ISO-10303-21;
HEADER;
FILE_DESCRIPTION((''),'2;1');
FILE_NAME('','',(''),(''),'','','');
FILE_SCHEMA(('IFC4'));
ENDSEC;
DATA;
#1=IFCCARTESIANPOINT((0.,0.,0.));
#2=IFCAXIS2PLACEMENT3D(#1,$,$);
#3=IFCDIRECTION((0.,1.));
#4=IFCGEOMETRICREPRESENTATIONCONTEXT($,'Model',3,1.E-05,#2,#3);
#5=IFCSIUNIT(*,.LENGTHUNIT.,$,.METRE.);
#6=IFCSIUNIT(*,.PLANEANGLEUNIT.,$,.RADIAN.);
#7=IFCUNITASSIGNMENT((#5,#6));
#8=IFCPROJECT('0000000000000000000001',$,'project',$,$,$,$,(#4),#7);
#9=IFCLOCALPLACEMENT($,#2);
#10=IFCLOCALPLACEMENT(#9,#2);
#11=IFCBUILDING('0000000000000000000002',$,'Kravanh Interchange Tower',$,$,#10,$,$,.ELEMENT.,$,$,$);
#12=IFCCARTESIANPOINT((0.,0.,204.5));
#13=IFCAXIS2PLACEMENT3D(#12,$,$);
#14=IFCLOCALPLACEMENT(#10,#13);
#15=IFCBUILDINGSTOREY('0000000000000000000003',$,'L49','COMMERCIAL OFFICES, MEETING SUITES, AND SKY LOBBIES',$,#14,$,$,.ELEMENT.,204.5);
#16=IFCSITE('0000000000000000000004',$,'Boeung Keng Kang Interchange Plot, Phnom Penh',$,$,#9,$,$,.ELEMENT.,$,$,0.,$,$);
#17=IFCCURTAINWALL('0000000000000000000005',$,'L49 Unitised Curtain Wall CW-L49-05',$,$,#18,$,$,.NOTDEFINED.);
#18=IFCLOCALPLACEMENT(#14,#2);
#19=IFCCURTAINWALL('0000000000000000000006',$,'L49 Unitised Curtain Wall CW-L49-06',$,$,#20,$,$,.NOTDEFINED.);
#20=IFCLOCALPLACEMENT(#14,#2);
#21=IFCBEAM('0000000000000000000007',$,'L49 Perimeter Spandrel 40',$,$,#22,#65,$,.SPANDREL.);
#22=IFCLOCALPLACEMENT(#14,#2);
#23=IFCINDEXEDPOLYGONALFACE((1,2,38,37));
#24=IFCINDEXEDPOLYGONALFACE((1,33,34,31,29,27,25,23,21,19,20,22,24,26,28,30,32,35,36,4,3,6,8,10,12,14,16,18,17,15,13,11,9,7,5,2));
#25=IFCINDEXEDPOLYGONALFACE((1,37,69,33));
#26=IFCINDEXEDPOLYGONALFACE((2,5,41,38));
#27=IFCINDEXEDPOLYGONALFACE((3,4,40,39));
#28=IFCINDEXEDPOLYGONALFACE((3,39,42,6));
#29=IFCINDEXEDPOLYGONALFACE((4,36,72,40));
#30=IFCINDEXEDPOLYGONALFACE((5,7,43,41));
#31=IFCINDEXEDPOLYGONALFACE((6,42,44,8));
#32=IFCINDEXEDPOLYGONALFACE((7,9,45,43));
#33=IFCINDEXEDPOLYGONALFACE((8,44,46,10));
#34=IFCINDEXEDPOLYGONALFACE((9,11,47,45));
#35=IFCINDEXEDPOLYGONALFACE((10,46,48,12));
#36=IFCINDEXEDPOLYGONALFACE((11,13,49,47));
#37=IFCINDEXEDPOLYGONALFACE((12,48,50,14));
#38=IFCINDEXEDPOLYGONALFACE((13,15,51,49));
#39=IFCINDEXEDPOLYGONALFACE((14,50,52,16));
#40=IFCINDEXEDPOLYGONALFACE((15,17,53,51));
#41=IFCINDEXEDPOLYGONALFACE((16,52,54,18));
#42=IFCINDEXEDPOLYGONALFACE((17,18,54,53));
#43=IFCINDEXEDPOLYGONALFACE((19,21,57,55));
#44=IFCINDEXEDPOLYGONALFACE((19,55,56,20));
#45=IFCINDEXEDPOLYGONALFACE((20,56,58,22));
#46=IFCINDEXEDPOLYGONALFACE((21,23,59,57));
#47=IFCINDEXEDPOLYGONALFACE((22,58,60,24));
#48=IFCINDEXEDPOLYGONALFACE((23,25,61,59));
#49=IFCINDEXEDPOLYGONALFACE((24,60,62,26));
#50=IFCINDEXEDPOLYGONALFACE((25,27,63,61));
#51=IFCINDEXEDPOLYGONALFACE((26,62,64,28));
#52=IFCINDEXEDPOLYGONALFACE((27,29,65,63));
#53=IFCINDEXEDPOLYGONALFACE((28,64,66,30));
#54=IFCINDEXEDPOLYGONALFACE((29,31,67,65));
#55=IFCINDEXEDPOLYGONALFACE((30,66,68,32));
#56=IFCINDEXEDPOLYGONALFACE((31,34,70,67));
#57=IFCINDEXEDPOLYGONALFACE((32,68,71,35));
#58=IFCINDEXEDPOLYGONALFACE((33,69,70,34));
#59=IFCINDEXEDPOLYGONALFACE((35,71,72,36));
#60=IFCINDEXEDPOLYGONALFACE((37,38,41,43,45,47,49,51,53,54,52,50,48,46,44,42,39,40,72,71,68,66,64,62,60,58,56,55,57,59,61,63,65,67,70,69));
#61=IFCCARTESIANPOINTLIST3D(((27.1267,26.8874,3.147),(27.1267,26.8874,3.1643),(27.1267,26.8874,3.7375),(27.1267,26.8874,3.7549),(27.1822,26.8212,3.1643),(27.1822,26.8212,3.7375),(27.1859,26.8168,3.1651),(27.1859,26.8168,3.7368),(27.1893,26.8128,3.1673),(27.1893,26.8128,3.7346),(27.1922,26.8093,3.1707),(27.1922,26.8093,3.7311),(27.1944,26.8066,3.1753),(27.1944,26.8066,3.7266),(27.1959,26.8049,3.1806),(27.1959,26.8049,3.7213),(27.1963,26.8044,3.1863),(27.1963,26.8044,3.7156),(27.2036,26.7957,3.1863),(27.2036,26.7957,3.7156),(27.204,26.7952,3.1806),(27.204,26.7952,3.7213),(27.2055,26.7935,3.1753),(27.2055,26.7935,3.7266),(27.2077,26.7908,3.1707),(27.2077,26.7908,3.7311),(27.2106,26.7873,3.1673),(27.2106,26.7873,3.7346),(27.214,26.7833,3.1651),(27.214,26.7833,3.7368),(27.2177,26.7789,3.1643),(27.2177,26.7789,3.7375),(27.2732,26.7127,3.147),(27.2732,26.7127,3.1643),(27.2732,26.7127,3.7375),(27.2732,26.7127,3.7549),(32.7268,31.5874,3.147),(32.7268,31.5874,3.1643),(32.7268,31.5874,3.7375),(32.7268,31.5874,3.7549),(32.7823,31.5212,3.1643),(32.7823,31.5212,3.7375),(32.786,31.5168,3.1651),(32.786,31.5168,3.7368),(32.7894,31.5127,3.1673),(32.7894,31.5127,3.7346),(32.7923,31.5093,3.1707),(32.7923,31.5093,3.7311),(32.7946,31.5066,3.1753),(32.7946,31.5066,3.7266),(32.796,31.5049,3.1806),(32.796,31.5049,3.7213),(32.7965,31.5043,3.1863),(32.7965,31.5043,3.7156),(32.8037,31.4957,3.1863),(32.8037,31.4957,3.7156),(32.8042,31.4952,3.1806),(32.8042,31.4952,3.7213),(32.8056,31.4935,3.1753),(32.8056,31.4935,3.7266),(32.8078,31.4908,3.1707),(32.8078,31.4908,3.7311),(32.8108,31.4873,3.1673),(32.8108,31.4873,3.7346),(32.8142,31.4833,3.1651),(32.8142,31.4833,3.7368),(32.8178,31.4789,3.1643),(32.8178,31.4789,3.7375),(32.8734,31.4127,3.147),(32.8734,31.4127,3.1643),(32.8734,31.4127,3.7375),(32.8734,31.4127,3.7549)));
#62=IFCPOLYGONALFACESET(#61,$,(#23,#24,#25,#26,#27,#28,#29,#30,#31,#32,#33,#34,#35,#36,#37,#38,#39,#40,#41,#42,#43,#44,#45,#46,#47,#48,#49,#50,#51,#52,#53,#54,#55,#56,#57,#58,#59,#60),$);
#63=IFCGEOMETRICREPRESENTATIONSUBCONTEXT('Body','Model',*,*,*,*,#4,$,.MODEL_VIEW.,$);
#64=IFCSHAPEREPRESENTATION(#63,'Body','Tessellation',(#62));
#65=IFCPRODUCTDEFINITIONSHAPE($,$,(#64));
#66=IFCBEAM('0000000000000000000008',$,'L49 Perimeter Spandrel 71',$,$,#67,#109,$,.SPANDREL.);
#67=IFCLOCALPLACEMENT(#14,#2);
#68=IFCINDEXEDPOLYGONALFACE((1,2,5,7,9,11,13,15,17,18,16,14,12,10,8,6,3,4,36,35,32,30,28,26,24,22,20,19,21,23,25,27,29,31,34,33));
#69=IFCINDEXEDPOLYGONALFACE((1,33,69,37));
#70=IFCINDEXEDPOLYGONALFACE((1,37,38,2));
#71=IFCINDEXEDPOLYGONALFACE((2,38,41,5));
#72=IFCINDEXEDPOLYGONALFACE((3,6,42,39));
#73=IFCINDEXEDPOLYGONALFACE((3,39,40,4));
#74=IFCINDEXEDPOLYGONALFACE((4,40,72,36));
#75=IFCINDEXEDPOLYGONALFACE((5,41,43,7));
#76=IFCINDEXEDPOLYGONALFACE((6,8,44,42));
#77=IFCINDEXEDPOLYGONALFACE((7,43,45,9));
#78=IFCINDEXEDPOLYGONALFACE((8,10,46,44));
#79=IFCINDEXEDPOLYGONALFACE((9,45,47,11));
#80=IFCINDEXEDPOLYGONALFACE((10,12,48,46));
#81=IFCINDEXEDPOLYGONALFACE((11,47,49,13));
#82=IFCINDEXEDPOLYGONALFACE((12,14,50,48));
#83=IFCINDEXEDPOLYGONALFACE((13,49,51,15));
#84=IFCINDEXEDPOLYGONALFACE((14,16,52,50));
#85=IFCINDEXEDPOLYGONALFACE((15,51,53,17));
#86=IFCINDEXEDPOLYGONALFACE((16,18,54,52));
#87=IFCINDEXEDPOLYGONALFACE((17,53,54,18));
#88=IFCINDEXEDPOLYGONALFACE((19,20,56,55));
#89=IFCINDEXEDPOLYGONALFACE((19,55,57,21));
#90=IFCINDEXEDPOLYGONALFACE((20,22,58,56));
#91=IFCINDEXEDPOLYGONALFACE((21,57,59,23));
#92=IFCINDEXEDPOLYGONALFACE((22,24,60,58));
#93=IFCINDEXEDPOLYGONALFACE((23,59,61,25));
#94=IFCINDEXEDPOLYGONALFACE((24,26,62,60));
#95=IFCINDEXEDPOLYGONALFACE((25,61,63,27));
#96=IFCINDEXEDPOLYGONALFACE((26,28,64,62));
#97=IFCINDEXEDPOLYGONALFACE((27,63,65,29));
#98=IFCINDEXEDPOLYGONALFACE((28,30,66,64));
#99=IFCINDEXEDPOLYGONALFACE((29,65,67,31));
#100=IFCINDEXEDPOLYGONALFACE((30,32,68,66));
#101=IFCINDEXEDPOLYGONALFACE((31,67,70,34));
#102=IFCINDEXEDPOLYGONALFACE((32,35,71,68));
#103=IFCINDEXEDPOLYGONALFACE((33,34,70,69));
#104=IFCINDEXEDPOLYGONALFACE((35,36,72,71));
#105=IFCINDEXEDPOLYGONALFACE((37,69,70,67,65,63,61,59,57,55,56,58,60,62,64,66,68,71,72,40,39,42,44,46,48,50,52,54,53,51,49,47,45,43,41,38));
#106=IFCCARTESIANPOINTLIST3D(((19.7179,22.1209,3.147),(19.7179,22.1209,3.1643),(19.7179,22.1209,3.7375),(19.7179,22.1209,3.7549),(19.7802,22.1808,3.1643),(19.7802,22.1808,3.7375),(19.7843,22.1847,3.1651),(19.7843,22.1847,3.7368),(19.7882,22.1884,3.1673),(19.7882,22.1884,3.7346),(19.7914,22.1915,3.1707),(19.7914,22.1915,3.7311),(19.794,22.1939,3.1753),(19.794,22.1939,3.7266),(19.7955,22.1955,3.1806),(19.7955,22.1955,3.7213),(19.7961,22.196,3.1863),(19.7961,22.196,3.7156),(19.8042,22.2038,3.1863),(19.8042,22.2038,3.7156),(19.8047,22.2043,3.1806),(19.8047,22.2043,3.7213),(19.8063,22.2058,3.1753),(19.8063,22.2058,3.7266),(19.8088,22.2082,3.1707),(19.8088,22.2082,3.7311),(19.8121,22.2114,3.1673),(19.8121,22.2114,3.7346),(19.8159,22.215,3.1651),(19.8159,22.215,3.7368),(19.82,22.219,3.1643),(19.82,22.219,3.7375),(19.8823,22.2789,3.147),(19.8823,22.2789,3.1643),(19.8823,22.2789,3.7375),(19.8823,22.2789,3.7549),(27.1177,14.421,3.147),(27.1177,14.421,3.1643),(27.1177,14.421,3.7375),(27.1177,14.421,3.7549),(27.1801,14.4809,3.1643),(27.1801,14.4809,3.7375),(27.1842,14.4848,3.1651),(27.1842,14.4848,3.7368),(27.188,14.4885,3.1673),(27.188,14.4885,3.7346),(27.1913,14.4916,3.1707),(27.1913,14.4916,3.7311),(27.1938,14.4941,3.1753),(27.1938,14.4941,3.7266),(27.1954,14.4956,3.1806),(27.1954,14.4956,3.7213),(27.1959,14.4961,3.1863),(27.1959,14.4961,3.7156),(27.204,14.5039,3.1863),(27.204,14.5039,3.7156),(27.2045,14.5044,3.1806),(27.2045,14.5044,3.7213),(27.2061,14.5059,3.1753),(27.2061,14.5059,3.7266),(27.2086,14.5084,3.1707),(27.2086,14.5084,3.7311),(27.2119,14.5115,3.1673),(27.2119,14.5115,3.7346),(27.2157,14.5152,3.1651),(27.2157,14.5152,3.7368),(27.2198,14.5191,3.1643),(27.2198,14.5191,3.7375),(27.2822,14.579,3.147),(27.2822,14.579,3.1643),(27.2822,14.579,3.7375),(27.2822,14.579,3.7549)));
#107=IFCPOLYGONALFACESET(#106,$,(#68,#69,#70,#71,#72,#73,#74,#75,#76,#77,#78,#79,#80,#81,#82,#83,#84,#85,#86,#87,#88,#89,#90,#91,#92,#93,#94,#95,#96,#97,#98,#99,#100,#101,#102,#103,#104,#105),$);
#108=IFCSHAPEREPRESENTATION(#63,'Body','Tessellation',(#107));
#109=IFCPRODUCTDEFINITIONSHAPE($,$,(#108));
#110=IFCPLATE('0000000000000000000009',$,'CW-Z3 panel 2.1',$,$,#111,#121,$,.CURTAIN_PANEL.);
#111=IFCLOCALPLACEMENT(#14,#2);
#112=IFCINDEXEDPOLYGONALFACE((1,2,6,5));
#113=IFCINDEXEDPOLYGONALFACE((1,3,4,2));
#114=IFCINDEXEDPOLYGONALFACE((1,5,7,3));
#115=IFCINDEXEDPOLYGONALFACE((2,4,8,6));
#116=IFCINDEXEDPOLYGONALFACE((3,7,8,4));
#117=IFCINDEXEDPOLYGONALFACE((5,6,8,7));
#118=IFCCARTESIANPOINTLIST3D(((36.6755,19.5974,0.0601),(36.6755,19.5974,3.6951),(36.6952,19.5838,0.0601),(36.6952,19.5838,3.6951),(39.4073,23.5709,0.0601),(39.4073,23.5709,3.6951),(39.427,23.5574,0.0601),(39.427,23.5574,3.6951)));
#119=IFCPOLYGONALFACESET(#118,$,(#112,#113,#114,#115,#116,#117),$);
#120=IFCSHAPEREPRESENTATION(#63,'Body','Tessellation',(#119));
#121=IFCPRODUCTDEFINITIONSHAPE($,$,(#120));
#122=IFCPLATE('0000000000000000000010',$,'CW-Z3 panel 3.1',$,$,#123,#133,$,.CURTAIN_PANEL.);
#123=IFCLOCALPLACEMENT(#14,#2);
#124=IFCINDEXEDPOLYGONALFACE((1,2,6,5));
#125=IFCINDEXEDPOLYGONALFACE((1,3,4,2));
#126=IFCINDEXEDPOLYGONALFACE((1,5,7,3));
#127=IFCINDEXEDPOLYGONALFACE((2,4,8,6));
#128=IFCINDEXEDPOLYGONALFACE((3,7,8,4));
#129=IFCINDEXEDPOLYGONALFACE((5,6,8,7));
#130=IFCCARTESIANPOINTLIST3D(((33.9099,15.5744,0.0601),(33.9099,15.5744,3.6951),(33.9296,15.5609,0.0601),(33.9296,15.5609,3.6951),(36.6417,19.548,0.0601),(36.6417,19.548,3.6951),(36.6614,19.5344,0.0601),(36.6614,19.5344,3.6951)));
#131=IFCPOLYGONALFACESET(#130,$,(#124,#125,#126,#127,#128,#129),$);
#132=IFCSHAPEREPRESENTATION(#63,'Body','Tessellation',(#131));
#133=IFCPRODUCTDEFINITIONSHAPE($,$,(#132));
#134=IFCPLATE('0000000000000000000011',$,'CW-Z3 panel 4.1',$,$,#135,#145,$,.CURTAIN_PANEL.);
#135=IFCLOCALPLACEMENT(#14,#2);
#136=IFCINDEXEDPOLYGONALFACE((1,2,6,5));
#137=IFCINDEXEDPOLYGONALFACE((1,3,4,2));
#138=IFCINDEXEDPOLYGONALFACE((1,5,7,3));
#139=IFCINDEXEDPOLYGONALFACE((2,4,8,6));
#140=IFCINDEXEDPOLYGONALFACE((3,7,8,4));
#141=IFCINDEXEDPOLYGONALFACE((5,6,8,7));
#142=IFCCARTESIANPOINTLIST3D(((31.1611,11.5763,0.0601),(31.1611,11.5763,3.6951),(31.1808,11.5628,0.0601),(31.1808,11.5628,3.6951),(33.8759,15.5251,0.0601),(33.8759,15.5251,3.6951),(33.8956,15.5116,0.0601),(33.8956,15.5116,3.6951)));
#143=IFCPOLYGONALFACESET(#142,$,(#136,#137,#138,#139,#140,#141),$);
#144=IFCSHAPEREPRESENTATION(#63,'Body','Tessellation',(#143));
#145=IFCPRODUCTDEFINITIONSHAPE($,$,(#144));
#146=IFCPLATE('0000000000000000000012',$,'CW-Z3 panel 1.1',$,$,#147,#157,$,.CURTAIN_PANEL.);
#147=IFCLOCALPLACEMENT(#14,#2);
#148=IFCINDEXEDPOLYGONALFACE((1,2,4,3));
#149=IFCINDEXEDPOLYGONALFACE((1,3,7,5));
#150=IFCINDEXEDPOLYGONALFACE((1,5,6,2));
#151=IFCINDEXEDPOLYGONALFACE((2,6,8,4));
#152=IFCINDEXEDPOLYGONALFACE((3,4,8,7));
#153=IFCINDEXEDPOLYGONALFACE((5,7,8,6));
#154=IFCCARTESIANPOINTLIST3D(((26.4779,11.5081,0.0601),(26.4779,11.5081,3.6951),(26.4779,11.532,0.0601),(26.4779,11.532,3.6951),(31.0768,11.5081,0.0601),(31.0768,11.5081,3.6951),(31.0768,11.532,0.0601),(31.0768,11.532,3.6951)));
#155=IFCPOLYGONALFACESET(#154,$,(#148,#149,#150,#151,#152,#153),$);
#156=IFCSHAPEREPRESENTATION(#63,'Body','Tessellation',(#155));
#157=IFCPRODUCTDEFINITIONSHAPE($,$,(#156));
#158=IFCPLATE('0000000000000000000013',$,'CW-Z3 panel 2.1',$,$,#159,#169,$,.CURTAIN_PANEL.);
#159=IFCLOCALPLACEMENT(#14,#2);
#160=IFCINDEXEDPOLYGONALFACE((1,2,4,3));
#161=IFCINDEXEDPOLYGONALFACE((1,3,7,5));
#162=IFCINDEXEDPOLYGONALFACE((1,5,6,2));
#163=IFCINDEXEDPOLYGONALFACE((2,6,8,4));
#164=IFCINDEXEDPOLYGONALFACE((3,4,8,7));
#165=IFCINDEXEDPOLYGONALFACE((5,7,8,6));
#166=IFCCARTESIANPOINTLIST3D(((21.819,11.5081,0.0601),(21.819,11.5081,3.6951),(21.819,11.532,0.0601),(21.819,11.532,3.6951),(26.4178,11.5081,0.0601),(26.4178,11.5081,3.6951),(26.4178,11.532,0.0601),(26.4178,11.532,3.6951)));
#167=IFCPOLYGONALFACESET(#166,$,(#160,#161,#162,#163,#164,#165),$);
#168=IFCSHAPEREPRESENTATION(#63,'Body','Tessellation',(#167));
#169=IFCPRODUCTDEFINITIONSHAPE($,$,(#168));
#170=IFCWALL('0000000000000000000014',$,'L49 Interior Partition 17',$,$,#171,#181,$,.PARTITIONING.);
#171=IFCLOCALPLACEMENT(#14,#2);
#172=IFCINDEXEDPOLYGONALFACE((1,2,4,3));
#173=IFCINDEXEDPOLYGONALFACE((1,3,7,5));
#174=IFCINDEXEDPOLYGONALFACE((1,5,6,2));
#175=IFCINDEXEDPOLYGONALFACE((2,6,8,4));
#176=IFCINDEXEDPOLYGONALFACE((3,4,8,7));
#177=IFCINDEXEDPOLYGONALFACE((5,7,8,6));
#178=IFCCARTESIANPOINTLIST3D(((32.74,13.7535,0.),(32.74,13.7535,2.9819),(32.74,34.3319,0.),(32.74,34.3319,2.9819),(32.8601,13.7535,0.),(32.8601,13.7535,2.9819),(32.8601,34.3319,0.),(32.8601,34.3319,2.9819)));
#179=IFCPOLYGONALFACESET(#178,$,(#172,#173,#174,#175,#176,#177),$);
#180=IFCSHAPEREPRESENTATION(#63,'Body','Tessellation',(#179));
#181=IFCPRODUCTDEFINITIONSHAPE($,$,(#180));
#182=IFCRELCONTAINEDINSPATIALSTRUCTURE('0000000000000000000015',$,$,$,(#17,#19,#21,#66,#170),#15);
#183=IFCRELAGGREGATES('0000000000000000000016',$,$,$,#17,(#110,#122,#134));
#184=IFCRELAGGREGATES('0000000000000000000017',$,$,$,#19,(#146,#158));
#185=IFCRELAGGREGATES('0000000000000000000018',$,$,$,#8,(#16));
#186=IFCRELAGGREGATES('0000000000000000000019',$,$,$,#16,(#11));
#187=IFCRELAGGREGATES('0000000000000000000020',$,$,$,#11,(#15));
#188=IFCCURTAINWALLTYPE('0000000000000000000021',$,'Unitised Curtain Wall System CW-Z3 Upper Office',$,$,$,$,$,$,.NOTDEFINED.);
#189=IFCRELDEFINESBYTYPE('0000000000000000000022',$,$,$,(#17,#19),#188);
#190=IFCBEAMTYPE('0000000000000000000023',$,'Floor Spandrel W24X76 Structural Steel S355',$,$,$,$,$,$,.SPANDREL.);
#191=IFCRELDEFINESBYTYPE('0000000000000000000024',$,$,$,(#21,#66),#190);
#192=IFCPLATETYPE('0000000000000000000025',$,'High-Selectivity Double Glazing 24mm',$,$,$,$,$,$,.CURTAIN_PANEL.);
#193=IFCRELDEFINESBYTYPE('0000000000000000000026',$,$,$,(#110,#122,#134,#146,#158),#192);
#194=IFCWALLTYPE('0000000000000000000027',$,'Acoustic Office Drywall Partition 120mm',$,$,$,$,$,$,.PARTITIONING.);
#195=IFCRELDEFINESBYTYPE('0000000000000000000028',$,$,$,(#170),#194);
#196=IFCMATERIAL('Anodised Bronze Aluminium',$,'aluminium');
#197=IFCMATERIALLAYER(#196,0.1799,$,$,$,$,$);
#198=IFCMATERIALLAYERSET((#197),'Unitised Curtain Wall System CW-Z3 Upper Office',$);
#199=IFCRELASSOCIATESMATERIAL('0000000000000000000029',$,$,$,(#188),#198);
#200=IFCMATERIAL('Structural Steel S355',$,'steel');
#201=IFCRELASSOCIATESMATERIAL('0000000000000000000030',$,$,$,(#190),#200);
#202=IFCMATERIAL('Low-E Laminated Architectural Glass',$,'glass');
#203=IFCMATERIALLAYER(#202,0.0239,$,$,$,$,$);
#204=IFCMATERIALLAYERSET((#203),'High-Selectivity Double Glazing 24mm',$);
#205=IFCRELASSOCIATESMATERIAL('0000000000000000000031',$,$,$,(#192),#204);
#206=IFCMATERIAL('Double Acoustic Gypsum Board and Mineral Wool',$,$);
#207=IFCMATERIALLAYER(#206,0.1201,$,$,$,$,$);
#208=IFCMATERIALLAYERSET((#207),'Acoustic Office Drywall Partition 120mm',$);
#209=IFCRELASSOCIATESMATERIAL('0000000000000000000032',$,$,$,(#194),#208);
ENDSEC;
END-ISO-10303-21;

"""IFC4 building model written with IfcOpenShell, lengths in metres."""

from ifc_helpers import new_model, si_unit, direction, frame, frame_2d, origin, origin_2d, place, context, subcontext, project, spatial, rectangle, i_section, extrude, material, layer, layer_set, material_profile, profile_set, type_object, element, aggregate, save


model = new_model("IFC4")

# Units and contexts
model_context = context("Model", 3, precision=1e-05, world=origin(), true_north=direction((0.0, 1.0)))
body_context = subcontext(model_context, "Body", "Model", "MODEL_VIEW")
ifc_project = project(units=[si_unit("LENGTHUNIT", "METRE"), si_unit("PLANEANGLEUNIT", "RADIAN")], contexts=[model_context])

# Site, building, storey
site_placement = place(None, origin())
site = spatial("IfcSite", under=ifc_project, at=site_placement, Name="Boeung Keng Kang Interchange Plot, Phnom Penh", CompositionType="ELEMENT", RefElevation=0.0)
building_placement = place(site_placement, origin())
building = spatial("IfcBuilding", under=site, at=building_placement, Name="Kravanh Interchange Tower", CompositionType="ELEMENT")
storey_placement = place(building_placement, frame((0.0, 0.0, 204.5)))
storey = spatial("IfcBuildingStorey", under=building, at=storey_placement, Name="L49", Description="COMMERCIAL OFFICES, MEETING SUITES, AND SKY LOBBIES", CompositionType="ELEMENT", Elevation=204.5)

# Curtain walls
ifc_material_1 = material(Name="Anodised Bronze Aluminium", Category="aluminium")
ifc_layer_1 = layer(ifc_material_1, 0.1799)
ifc_layer_set_1 = layer_set([ifc_layer_1], Name="Unitised Curtain Wall System CW-Z3 Upper Office")
curtain_wall_type = type_object("IfcCurtainWallType", Name="Unitised Curtain Wall System CW-Z3 Upper Office", PredefinedType="NOTDEFINED", material=ifc_layer_set_1)
curtain_wall_1_placement = place(storey_placement, origin())
curtain_wall_1 = element("IfcCurtainWall", 1, at=curtain_wall_1_placement, inside=storey, type_object=curtain_wall_type, Name="L49 Unitised Curtain Wall CW-L49-05", PredefinedType="NOTDEFINED")
curtain_wall_2_placement = place(storey_placement, origin())
curtain_wall_2 = element("IfcCurtainWall", 2, at=curtain_wall_2_placement, inside=storey, type_object=curtain_wall_type, Name="L49 Unitised Curtain Wall CW-L49-06", PredefinedType="NOTDEFINED")

# Beams
ifc_material_2 = material(Name="Structural Steel S355", Category="steel")
ifc_material_profile_1 = material_profile(ifc_material_2, i_section(OverallWidth=0.228, OverallDepth=0.6079, WebThickness=0.0112, FlangeThickness=0.0173, FilletRadius=0.022, at=origin_2d()), Name="W24X76")
ifc_profile_set_1 = profile_set([ifc_material_profile_1], Name="Structural Steel S355")
beam_type_1 = type_object("IfcBeamType", Name="Floor Spandrel W24X76 Structural Steel S355", PredefinedType="SPANDREL", material=ifc_profile_set_1)
beam_1_placement = place(storey_placement, frame((27.2, 26.8, 3.4509), z_axis=(0.765983, 0.642861, 0.0), x_axis=(-0.642861, 0.765983, 0.0)))
element("IfcBeam", 3, at=beam_1_placement, inside=storey, type_object=beam_type_1, Name="L49 Perimeter Spandrel 40", PredefinedType="SPANDREL", context=body_context, shape_type="SweptSolid", body=[
    extrude(i_section(OverallWidth=0.228, OverallDepth=0.6079, WebThickness=0.0112, FlangeThickness=0.0173, FilletRadius=0.022, at=origin_2d()), origin(), (0.0, 0.0, 1.0), 7.311),
])
beam_2_placement = place(storey_placement, frame((27.2, 14.5, 3.4509), z_axis=(-0.692919, 0.721015, 0.0), x_axis=(-0.721015, -0.692919, 0.0)))
element("IfcBeam", 4, at=beam_2_placement, inside=storey, type_object=beam_type_1, Name="L49 Perimeter Spandrel 71", PredefinedType="SPANDREL", context=body_context, shape_type="SweptSolid", body=[
    extrude(i_section(OverallWidth=0.228, OverallDepth=0.6079, WebThickness=0.0112, FlangeThickness=0.0173, FilletRadius=0.022, at=origin_2d()), origin(), (0.0, 0.0, 1.0), 10.6792),
])

# Plates
ifc_material_3 = material(Name="Low-E Laminated Architectural Glass", Category="glass")
ifc_layer_2 = layer(ifc_material_3, 0.0239)
ifc_layer_set_2 = layer_set([ifc_layer_2], Name="High-Selectivity Double Glazing 24mm")
plate_type = type_object("IfcPlateType", Name="High-Selectivity Double Glazing 24mm", PredefinedType="CURTAIN_PANEL", material=ifc_layer_set_2)
plate_1_placement = place(storey_placement, frame((38.0513, 21.5774, 0.0601), z_axis=(0.0, 0.0, 1.0), x_axis=(-0.566528, -0.824042, 0.0)))
plate_1 = element("IfcPlate", 5, at=plate_1_placement, type_object=plate_type, Name="CW-Z3 panel 2.1", PredefinedType="CURTAIN_PANEL", context=body_context, shape_type="SweptSolid", body=[
    extrude(rectangle(XDim=4.822, YDim=0.0239, at=origin_2d()), origin(), (0.0, 0.0, 1.0), 3.635),
])
plate_2_placement = place(storey_placement, frame((35.2856, 17.5544, 0.0601), z_axis=(0.0, 0.0, 1.0), x_axis=(-0.566528, -0.824042, 0.0)))
plate_2 = element("IfcPlate", 6, at=plate_2_placement, type_object=plate_type, Name="CW-Z3 panel 3.1", PredefinedType="CURTAIN_PANEL", context=body_context, shape_type="SweptSolid", body=[
    extrude(rectangle(XDim=4.822, YDim=0.0239, at=origin_2d()), origin(), (0.0, 0.0, 1.0), 3.635),
])
plate_3_placement = place(storey_placement, frame((32.5283, 13.5439, 0.0601), z_axis=(0.0, 0.0, 1.0), x_axis=(-0.566528, -0.824042, 0.0)))
plate_3 = element("IfcPlate", 7, at=plate_3_placement, type_object=plate_type, Name="CW-Z3 panel 4.1", PredefinedType="CURTAIN_PANEL", context=body_context, shape_type="SweptSolid", body=[
    extrude(rectangle(XDim=4.792, YDim=0.0239, at=origin_2d()), origin(), (0.0, 0.0, 1.0), 3.635),
])
aggregate(curtain_wall_1, [plate_1, plate_2, plate_3])
plate_4_placement = place(storey_placement, frame((28.7773, 11.52, 0.0601), z_axis=(0.0, 0.0, 1.0), x_axis=(-1.0, 0.0, 0.0)))
plate_4 = element("IfcPlate", 8, at=plate_4_placement, type_object=plate_type, Name="CW-Z3 panel 1.1", PredefinedType="CURTAIN_PANEL", context=body_context, shape_type="SweptSolid", body=[
    extrude(rectangle(XDim=4.5989, YDim=0.0239, at=origin_2d()), origin(), (0.0, 0.0, 1.0), 3.635),
])
plate_5_placement = place(storey_placement, frame((24.1184, 11.52, 0.0601), z_axis=(0.0, 0.0, 1.0), x_axis=(-1.0, 0.0, 0.0)))
plate_5 = element("IfcPlate", 9, at=plate_5_placement, type_object=plate_type, Name="CW-Z3 panel 2.1", PredefinedType="CURTAIN_PANEL", context=body_context, shape_type="SweptSolid", body=[
    extrude(rectangle(XDim=4.5989, YDim=0.0239, at=origin_2d()), origin(), (0.0, 0.0, 1.0), 3.635),
])
aggregate(curtain_wall_2, [plate_4, plate_5])

# Wall
ifc_material_4 = material(Name="Double Acoustic Gypsum Board and Mineral Wool")
ifc_layer_3 = layer(ifc_material_4, 0.1201)
ifc_layer_set_3 = layer_set([ifc_layer_3], Name="Acoustic Office Drywall Partition 120mm")
wall_type = type_object("IfcWallType", Name="Acoustic Office Drywall Partition 120mm", PredefinedType="PARTITIONING", material=ifc_layer_set_3)
wall_placement = place(storey_placement, frame((32.8, 13.7537, 0.0), z_axis=(0.0, 0.0, 1.0), x_axis=(0.0, 1.0, 0.0)))
element("IfcWall", 10, at=wall_placement, inside=storey, type_object=wall_type, Name="L49 Interior Partition 17", PredefinedType="PARTITIONING", context=body_context, shape_type="SweptSolid", body=[
    extrude(rectangle(XDim=20.5784, YDim=0.1201, at=frame_2d((10.2891, 0.0))), origin(), (0.0, 0.0, 1.0), 2.9819),
])

save(model, "model.ifc")
